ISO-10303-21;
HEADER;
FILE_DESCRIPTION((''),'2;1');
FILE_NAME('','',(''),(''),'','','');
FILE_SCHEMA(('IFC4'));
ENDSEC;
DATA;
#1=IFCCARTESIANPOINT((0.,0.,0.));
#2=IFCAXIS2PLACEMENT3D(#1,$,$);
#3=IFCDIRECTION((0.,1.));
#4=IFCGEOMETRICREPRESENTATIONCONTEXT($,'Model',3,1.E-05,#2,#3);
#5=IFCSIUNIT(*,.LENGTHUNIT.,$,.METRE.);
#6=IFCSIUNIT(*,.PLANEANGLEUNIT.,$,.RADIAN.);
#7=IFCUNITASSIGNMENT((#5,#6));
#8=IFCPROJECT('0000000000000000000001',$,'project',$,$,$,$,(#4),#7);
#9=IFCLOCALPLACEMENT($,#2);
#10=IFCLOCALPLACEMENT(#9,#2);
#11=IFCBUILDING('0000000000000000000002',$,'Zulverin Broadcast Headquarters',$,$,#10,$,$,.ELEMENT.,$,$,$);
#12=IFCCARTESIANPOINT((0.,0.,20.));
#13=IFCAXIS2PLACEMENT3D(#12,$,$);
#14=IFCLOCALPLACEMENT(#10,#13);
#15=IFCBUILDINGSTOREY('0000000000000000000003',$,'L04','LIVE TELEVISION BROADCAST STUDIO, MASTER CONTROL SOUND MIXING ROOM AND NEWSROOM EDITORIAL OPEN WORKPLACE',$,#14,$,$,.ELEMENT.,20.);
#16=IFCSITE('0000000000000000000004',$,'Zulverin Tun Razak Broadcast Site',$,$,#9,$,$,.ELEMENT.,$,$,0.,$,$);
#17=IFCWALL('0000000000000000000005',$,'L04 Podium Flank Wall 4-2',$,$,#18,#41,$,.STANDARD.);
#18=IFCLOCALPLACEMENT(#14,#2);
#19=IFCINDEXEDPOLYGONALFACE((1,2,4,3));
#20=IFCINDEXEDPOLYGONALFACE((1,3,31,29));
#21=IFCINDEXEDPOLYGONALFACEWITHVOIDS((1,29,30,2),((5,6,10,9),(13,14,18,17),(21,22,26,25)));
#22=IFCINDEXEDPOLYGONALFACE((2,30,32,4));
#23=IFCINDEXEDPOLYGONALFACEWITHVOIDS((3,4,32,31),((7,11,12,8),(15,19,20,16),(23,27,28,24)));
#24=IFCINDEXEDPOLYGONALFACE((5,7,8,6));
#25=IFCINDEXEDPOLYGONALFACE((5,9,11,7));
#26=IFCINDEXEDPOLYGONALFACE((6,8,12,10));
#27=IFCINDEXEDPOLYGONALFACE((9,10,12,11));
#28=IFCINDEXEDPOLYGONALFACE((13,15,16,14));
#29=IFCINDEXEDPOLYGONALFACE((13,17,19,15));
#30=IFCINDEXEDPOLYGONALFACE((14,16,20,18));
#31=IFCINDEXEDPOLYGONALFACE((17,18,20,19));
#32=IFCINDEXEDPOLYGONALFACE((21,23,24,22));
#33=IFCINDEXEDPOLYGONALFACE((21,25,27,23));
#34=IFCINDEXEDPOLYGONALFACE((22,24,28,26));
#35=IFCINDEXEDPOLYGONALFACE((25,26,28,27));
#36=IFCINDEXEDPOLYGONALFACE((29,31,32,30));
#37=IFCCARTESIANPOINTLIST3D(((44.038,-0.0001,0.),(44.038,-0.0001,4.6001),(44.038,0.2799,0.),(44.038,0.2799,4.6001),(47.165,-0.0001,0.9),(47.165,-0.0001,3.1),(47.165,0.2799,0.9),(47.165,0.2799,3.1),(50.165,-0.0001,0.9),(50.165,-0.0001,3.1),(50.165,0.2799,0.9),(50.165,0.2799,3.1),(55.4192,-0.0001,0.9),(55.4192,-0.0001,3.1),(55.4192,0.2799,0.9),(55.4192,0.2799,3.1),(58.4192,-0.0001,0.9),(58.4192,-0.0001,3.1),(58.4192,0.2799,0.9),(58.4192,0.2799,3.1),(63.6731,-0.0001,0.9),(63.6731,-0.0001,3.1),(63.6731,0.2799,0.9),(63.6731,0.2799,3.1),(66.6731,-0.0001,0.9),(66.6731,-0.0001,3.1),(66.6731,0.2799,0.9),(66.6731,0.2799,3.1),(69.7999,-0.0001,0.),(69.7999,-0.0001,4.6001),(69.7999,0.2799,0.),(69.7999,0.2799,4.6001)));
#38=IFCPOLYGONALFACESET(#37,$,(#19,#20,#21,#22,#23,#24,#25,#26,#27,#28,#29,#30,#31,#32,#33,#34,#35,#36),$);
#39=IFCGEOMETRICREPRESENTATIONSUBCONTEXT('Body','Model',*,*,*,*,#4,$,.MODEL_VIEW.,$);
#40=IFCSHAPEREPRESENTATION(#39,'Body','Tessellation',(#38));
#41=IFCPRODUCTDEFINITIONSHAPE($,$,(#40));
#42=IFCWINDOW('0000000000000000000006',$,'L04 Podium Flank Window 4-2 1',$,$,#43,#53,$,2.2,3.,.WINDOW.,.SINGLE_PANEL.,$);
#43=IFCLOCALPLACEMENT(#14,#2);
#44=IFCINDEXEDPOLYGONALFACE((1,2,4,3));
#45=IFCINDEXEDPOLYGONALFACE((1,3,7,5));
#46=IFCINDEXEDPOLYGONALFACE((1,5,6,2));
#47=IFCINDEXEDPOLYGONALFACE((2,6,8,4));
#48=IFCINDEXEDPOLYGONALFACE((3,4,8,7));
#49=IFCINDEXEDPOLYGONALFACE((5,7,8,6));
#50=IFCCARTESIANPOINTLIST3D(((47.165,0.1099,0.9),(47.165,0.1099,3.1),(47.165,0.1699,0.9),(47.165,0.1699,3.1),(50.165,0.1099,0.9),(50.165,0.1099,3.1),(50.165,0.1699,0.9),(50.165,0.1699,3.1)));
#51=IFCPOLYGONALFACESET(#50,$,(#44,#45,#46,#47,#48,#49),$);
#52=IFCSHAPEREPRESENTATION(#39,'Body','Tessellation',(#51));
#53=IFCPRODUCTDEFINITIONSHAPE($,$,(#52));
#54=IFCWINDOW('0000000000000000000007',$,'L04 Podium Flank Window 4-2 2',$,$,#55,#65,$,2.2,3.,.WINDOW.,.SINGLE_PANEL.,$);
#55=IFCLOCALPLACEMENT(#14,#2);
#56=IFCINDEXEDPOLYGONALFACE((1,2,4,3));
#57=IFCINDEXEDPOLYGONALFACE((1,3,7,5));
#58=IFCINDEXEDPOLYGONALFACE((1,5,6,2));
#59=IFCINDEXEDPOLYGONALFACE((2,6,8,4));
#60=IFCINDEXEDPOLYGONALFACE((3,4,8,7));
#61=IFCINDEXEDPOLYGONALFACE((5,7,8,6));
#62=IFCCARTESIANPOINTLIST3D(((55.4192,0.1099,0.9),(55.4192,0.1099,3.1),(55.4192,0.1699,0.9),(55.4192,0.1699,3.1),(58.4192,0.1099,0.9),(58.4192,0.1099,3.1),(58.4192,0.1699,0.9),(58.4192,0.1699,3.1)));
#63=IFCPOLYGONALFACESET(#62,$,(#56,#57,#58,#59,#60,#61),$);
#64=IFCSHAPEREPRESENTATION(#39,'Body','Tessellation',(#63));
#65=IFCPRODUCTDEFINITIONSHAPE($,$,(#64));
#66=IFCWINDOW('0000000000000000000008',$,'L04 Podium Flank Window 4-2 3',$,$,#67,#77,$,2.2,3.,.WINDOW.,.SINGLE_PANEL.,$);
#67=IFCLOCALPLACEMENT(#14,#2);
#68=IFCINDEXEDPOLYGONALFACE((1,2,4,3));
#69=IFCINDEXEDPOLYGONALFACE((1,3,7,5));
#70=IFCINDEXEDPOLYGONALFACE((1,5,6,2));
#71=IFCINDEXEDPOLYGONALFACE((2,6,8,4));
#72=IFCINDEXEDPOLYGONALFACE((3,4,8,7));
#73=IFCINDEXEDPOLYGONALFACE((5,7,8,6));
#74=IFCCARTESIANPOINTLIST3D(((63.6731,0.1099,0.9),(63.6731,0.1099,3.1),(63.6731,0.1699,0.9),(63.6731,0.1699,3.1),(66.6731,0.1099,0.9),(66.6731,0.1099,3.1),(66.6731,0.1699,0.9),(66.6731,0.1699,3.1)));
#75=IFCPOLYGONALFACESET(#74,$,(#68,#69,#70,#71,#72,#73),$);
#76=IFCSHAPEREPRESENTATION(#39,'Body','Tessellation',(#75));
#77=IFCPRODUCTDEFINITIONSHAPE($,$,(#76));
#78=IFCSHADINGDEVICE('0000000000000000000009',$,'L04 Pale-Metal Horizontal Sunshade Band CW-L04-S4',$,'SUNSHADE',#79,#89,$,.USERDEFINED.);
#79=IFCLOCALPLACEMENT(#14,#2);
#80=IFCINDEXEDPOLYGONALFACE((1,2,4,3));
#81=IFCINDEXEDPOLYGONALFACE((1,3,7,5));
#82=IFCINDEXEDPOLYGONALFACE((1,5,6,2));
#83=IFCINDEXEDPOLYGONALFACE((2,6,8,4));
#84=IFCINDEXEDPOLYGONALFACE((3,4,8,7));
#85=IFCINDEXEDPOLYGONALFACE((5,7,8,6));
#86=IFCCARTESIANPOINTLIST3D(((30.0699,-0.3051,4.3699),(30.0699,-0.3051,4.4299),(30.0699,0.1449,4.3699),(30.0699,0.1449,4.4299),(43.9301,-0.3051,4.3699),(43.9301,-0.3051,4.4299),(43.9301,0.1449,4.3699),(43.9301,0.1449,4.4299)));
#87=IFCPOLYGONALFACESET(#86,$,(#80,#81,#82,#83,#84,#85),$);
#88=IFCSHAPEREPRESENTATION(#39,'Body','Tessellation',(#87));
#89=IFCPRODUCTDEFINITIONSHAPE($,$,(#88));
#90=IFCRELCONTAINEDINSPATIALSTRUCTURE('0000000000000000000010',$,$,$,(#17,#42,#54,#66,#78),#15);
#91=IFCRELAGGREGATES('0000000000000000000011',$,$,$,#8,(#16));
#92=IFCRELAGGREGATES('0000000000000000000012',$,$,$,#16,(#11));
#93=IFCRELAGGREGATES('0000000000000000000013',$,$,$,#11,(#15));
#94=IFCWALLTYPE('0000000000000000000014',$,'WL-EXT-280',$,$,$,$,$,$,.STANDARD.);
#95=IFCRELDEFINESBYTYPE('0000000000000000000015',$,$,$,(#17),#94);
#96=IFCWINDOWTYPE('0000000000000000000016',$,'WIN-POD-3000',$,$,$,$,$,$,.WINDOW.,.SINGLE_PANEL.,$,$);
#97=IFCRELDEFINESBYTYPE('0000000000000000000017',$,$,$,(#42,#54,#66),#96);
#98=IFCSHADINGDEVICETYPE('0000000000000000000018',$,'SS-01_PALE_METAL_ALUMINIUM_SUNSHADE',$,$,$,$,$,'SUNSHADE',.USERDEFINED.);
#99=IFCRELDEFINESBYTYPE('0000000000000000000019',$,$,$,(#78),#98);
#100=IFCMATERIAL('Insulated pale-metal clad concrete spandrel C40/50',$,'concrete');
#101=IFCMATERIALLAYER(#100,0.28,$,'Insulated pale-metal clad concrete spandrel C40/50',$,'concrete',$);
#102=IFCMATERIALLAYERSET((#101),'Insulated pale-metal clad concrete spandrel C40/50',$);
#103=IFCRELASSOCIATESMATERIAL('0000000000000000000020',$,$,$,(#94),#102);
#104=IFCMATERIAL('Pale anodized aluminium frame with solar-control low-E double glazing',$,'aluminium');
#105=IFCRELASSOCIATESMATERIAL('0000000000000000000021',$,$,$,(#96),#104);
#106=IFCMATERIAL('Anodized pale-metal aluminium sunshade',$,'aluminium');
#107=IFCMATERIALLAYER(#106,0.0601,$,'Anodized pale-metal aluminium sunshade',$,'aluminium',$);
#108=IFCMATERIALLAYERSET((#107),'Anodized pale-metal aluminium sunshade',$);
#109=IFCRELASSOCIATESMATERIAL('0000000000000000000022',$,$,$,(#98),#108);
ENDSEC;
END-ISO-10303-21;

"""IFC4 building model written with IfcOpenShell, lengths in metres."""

from ifc_helpers import new_model, si_unit, direction, frame, frame_2d, origin, origin_2d, place, context, subcontext, project, spatial, rectangle, extrude, material, layer, layer_set, type_object, element, fill, save


model = new_model("IFC4")

# Units and contexts
model_context = context("Model", 3, precision=1e-05, world=origin(), true_north=direction((0.0, 1.0)))
body_context = subcontext(model_context, "Body", "Model", "MODEL_VIEW")
ifc_project = project(units=[si_unit("LENGTHUNIT", "METRE"), si_unit("PLANEANGLEUNIT", "RADIAN")], contexts=[model_context])

# Site, building, storey
site_placement = place(None, origin())
site = spatial("IfcSite", under=ifc_project, at=site_placement, Name="Zulverin Tun Razak Broadcast Site", CompositionType="ELEMENT", RefElevation=0.0)
building_placement = place(site_placement, origin())
building = spatial("IfcBuilding", under=site, at=building_placement, Name="Zulverin Broadcast Headquarters", CompositionType="ELEMENT")
storey_placement = place(building_placement, frame((0.0, 0.0, 20.0)))
storey = spatial("IfcBuildingStorey", under=building, at=storey_placement, Name="L04", Description="LIVE TELEVISION BROADCAST STUDIO, MASTER CONTROL SOUND MIXING ROOM AND NEWSROOM EDITORIAL OPEN WORKPLACE", CompositionType="ELEMENT", Elevation=20.0)

# Wall, openings, windows
ifc_material_1 = material(Name="Insulated pale-metal clad concrete spandrel C40/50", Category="concrete")
ifc_layer_1 = layer(ifc_material_1, 0.28, Name="Insulated pale-metal clad concrete spandrel C40/50", Category="concrete")
ifc_layer_set_1 = layer_set([ifc_layer_1], Name="Insulated pale-metal clad concrete spandrel C40/50")
wall_type = type_object("IfcWallType", Name="WL-EXT-280", PredefinedType="STANDARD", material=ifc_layer_set_1)
wall_placement = place(storey_placement, frame((44.0381, 0.1399, 0.0), z_axis=(0.0, 0.0, 1.0), x_axis=(1.0, 0.0, 0.0)))
wall = element("IfcWall", 1, at=wall_placement, inside=storey, type_object=wall_type, Name="L04 Podium Flank Wall 4-2", PredefinedType="STANDARD", context=body_context, shape_type="SweptSolid", body=[
    extrude(rectangle(XDim=25.762, YDim=0.28, at=frame_2d((12.8809, 0.0))), origin(), (0.0, 0.0, 1.0), 4.6001),
])
opening_1_placement = place(wall_placement, frame((3.127, 0.0, 0.8999)))
opening_1 = element("IfcOpeningElement", 2, at=opening_1_placement, cuts=wall, PredefinedType="OPENING", context=body_context, shape_type="SweptSolid", body=[
    extrude(rectangle(XDim=3.0, YDim=2.2, at=frame_2d((1.5, 1.1001))), frame((0.0, 0.1499, 0.0), z_axis=(0.0, -1.0, 0.0), x_axis=(1.0, 0.0, 0.0)), (0.0, 0.0, 1.0), 0.3),
])
opening_2_placement = place(wall_placement, frame((11.3811, 0.0, 0.8999)))
opening_2 = element("IfcOpeningElement", 3, at=opening_2_placement, cuts=wall, PredefinedType="OPENING", context=body_context, shape_type="SweptSolid", body=[
    extrude(rectangle(XDim=3.0, YDim=2.2, at=frame_2d((1.5, 1.1001))), frame((0.0, 0.1499, 0.0), z_axis=(0.0, -1.0, 0.0), x_axis=(1.0, 0.0, 0.0)), (0.0, 0.0, 1.0), 0.3),
])
opening_3_placement = place(wall_placement, frame((19.635, 0.0, 0.8999)))
opening_3 = element("IfcOpeningElement", 4, at=opening_3_placement, cuts=wall, PredefinedType="OPENING", context=body_context, shape_type="SweptSolid", body=[
    extrude(rectangle(XDim=3.0, YDim=2.2, at=frame_2d((1.5, 1.1001))), frame((0.0, 0.1499, 0.0), z_axis=(0.0, -1.0, 0.0), x_axis=(1.0, 0.0, 0.0)), (0.0, 0.0, 1.0), 0.3),
])
ifc_material_2 = material(Name="Pale anodized aluminium frame with solar-control low-E double glazing", Category="aluminium")
window_type = type_object("IfcWindowType", Name="WIN-POD-3000", PartitioningType="SINGLE_PANEL", PredefinedType="WINDOW", material=ifc_material_2)
window_1_placement = place(opening_1_placement, origin())
window_1 = element("IfcWindow", 5, at=window_1_placement, inside=storey, type_object=window_type, Name="L04 Podium Flank Window 4-2 1", OverallHeight=2.2, OverallWidth=3.0, PartitioningType="SINGLE_PANEL", PredefinedType="WINDOW", context=body_context, shape_type="SweptSolid", body=[
    extrude(rectangle(XDim=3.0, YDim=2.2, at=frame_2d((1.5, 1.1001))), frame((0.0, 0.03, 0.0), z_axis=(0.0, -1.0, 0.0), x_axis=(1.0, 0.0, 0.0)), (0.0, 0.0, 1.0), 0.0601),
])
fill(opening_1, window_1)
window_2_placement = place(opening_2_placement, origin())
window_2 = element("IfcWindow", 6, at=window_2_placement, inside=storey, type_object=window_type, Name="L04 Podium Flank Window 4-2 2", OverallHeight=2.2, OverallWidth=3.0, PartitioningType="SINGLE_PANEL", PredefinedType="WINDOW", context=body_context, shape_type="SweptSolid", body=[
    extrude(rectangle(XDim=3.0, YDim=2.2, at=frame_2d((1.5, 1.1001))), frame((0.0, 0.03, 0.0), z_axis=(0.0, -1.0, 0.0), x_axis=(1.0, 0.0, 0.0)), (0.0, 0.0, 1.0), 0.0601),
])
fill(opening_2, window_2)
window_3_placement = place(opening_3_placement, origin())
window_3 = element("IfcWindow", 7, at=window_3_placement, inside=storey, type_object=window_type, Name="L04 Podium Flank Window 4-2 3", OverallHeight=2.2, OverallWidth=3.0, PartitioningType="SINGLE_PANEL", PredefinedType="WINDOW", context=body_context, shape_type="SweptSolid", body=[
    extrude(rectangle(XDim=3.0, YDim=2.2, at=frame_2d((1.5, 1.1001))), frame((0.0, 0.03, 0.0), z_axis=(0.0, -1.0, 0.0), x_axis=(1.0, 0.0, 0.0)), (0.0, 0.0, 1.0), 0.0601),
])
fill(opening_3, window_3)

# Shading device
ifc_material_3 = material(Name="Anodized pale-metal aluminium sunshade", Category="aluminium")
ifc_layer_2 = layer(ifc_material_3, 0.0601, Name="Anodized pale-metal aluminium sunshade", Category="aluminium")
ifc_layer_set_2 = layer_set([ifc_layer_2], Name="Anodized pale-metal aluminium sunshade")
shading_device_type = type_object("IfcShadingDeviceType", Name="SS-01_PALE_METAL_ALUMINIUM_SUNSHADE", ElementType="SUNSHADE", PredefinedType="USERDEFINED", material=ifc_layer_set_2)
shading_device_placement = place(storey_placement, frame((37.0, -0.0801, 4.3699), z_axis=(0.0, 0.0, 1.0), x_axis=(1.0, 0.0, 0.0)))
element("IfcShadingDevice", 8, at=shading_device_placement, inside=storey, type_object=shading_device_type, Name="L04 Pale-Metal Horizontal Sunshade Band CW-L04-S4", ObjectType="SUNSHADE", PredefinedType="USERDEFINED", context=body_context, shape_type="SweptSolid", body=[
    extrude(rectangle(XDim=13.8601, YDim=0.45, at=origin_2d()), origin(), (0.0, 0.0, 1.0), 0.0601),
])

save(model, "model.ifc")
